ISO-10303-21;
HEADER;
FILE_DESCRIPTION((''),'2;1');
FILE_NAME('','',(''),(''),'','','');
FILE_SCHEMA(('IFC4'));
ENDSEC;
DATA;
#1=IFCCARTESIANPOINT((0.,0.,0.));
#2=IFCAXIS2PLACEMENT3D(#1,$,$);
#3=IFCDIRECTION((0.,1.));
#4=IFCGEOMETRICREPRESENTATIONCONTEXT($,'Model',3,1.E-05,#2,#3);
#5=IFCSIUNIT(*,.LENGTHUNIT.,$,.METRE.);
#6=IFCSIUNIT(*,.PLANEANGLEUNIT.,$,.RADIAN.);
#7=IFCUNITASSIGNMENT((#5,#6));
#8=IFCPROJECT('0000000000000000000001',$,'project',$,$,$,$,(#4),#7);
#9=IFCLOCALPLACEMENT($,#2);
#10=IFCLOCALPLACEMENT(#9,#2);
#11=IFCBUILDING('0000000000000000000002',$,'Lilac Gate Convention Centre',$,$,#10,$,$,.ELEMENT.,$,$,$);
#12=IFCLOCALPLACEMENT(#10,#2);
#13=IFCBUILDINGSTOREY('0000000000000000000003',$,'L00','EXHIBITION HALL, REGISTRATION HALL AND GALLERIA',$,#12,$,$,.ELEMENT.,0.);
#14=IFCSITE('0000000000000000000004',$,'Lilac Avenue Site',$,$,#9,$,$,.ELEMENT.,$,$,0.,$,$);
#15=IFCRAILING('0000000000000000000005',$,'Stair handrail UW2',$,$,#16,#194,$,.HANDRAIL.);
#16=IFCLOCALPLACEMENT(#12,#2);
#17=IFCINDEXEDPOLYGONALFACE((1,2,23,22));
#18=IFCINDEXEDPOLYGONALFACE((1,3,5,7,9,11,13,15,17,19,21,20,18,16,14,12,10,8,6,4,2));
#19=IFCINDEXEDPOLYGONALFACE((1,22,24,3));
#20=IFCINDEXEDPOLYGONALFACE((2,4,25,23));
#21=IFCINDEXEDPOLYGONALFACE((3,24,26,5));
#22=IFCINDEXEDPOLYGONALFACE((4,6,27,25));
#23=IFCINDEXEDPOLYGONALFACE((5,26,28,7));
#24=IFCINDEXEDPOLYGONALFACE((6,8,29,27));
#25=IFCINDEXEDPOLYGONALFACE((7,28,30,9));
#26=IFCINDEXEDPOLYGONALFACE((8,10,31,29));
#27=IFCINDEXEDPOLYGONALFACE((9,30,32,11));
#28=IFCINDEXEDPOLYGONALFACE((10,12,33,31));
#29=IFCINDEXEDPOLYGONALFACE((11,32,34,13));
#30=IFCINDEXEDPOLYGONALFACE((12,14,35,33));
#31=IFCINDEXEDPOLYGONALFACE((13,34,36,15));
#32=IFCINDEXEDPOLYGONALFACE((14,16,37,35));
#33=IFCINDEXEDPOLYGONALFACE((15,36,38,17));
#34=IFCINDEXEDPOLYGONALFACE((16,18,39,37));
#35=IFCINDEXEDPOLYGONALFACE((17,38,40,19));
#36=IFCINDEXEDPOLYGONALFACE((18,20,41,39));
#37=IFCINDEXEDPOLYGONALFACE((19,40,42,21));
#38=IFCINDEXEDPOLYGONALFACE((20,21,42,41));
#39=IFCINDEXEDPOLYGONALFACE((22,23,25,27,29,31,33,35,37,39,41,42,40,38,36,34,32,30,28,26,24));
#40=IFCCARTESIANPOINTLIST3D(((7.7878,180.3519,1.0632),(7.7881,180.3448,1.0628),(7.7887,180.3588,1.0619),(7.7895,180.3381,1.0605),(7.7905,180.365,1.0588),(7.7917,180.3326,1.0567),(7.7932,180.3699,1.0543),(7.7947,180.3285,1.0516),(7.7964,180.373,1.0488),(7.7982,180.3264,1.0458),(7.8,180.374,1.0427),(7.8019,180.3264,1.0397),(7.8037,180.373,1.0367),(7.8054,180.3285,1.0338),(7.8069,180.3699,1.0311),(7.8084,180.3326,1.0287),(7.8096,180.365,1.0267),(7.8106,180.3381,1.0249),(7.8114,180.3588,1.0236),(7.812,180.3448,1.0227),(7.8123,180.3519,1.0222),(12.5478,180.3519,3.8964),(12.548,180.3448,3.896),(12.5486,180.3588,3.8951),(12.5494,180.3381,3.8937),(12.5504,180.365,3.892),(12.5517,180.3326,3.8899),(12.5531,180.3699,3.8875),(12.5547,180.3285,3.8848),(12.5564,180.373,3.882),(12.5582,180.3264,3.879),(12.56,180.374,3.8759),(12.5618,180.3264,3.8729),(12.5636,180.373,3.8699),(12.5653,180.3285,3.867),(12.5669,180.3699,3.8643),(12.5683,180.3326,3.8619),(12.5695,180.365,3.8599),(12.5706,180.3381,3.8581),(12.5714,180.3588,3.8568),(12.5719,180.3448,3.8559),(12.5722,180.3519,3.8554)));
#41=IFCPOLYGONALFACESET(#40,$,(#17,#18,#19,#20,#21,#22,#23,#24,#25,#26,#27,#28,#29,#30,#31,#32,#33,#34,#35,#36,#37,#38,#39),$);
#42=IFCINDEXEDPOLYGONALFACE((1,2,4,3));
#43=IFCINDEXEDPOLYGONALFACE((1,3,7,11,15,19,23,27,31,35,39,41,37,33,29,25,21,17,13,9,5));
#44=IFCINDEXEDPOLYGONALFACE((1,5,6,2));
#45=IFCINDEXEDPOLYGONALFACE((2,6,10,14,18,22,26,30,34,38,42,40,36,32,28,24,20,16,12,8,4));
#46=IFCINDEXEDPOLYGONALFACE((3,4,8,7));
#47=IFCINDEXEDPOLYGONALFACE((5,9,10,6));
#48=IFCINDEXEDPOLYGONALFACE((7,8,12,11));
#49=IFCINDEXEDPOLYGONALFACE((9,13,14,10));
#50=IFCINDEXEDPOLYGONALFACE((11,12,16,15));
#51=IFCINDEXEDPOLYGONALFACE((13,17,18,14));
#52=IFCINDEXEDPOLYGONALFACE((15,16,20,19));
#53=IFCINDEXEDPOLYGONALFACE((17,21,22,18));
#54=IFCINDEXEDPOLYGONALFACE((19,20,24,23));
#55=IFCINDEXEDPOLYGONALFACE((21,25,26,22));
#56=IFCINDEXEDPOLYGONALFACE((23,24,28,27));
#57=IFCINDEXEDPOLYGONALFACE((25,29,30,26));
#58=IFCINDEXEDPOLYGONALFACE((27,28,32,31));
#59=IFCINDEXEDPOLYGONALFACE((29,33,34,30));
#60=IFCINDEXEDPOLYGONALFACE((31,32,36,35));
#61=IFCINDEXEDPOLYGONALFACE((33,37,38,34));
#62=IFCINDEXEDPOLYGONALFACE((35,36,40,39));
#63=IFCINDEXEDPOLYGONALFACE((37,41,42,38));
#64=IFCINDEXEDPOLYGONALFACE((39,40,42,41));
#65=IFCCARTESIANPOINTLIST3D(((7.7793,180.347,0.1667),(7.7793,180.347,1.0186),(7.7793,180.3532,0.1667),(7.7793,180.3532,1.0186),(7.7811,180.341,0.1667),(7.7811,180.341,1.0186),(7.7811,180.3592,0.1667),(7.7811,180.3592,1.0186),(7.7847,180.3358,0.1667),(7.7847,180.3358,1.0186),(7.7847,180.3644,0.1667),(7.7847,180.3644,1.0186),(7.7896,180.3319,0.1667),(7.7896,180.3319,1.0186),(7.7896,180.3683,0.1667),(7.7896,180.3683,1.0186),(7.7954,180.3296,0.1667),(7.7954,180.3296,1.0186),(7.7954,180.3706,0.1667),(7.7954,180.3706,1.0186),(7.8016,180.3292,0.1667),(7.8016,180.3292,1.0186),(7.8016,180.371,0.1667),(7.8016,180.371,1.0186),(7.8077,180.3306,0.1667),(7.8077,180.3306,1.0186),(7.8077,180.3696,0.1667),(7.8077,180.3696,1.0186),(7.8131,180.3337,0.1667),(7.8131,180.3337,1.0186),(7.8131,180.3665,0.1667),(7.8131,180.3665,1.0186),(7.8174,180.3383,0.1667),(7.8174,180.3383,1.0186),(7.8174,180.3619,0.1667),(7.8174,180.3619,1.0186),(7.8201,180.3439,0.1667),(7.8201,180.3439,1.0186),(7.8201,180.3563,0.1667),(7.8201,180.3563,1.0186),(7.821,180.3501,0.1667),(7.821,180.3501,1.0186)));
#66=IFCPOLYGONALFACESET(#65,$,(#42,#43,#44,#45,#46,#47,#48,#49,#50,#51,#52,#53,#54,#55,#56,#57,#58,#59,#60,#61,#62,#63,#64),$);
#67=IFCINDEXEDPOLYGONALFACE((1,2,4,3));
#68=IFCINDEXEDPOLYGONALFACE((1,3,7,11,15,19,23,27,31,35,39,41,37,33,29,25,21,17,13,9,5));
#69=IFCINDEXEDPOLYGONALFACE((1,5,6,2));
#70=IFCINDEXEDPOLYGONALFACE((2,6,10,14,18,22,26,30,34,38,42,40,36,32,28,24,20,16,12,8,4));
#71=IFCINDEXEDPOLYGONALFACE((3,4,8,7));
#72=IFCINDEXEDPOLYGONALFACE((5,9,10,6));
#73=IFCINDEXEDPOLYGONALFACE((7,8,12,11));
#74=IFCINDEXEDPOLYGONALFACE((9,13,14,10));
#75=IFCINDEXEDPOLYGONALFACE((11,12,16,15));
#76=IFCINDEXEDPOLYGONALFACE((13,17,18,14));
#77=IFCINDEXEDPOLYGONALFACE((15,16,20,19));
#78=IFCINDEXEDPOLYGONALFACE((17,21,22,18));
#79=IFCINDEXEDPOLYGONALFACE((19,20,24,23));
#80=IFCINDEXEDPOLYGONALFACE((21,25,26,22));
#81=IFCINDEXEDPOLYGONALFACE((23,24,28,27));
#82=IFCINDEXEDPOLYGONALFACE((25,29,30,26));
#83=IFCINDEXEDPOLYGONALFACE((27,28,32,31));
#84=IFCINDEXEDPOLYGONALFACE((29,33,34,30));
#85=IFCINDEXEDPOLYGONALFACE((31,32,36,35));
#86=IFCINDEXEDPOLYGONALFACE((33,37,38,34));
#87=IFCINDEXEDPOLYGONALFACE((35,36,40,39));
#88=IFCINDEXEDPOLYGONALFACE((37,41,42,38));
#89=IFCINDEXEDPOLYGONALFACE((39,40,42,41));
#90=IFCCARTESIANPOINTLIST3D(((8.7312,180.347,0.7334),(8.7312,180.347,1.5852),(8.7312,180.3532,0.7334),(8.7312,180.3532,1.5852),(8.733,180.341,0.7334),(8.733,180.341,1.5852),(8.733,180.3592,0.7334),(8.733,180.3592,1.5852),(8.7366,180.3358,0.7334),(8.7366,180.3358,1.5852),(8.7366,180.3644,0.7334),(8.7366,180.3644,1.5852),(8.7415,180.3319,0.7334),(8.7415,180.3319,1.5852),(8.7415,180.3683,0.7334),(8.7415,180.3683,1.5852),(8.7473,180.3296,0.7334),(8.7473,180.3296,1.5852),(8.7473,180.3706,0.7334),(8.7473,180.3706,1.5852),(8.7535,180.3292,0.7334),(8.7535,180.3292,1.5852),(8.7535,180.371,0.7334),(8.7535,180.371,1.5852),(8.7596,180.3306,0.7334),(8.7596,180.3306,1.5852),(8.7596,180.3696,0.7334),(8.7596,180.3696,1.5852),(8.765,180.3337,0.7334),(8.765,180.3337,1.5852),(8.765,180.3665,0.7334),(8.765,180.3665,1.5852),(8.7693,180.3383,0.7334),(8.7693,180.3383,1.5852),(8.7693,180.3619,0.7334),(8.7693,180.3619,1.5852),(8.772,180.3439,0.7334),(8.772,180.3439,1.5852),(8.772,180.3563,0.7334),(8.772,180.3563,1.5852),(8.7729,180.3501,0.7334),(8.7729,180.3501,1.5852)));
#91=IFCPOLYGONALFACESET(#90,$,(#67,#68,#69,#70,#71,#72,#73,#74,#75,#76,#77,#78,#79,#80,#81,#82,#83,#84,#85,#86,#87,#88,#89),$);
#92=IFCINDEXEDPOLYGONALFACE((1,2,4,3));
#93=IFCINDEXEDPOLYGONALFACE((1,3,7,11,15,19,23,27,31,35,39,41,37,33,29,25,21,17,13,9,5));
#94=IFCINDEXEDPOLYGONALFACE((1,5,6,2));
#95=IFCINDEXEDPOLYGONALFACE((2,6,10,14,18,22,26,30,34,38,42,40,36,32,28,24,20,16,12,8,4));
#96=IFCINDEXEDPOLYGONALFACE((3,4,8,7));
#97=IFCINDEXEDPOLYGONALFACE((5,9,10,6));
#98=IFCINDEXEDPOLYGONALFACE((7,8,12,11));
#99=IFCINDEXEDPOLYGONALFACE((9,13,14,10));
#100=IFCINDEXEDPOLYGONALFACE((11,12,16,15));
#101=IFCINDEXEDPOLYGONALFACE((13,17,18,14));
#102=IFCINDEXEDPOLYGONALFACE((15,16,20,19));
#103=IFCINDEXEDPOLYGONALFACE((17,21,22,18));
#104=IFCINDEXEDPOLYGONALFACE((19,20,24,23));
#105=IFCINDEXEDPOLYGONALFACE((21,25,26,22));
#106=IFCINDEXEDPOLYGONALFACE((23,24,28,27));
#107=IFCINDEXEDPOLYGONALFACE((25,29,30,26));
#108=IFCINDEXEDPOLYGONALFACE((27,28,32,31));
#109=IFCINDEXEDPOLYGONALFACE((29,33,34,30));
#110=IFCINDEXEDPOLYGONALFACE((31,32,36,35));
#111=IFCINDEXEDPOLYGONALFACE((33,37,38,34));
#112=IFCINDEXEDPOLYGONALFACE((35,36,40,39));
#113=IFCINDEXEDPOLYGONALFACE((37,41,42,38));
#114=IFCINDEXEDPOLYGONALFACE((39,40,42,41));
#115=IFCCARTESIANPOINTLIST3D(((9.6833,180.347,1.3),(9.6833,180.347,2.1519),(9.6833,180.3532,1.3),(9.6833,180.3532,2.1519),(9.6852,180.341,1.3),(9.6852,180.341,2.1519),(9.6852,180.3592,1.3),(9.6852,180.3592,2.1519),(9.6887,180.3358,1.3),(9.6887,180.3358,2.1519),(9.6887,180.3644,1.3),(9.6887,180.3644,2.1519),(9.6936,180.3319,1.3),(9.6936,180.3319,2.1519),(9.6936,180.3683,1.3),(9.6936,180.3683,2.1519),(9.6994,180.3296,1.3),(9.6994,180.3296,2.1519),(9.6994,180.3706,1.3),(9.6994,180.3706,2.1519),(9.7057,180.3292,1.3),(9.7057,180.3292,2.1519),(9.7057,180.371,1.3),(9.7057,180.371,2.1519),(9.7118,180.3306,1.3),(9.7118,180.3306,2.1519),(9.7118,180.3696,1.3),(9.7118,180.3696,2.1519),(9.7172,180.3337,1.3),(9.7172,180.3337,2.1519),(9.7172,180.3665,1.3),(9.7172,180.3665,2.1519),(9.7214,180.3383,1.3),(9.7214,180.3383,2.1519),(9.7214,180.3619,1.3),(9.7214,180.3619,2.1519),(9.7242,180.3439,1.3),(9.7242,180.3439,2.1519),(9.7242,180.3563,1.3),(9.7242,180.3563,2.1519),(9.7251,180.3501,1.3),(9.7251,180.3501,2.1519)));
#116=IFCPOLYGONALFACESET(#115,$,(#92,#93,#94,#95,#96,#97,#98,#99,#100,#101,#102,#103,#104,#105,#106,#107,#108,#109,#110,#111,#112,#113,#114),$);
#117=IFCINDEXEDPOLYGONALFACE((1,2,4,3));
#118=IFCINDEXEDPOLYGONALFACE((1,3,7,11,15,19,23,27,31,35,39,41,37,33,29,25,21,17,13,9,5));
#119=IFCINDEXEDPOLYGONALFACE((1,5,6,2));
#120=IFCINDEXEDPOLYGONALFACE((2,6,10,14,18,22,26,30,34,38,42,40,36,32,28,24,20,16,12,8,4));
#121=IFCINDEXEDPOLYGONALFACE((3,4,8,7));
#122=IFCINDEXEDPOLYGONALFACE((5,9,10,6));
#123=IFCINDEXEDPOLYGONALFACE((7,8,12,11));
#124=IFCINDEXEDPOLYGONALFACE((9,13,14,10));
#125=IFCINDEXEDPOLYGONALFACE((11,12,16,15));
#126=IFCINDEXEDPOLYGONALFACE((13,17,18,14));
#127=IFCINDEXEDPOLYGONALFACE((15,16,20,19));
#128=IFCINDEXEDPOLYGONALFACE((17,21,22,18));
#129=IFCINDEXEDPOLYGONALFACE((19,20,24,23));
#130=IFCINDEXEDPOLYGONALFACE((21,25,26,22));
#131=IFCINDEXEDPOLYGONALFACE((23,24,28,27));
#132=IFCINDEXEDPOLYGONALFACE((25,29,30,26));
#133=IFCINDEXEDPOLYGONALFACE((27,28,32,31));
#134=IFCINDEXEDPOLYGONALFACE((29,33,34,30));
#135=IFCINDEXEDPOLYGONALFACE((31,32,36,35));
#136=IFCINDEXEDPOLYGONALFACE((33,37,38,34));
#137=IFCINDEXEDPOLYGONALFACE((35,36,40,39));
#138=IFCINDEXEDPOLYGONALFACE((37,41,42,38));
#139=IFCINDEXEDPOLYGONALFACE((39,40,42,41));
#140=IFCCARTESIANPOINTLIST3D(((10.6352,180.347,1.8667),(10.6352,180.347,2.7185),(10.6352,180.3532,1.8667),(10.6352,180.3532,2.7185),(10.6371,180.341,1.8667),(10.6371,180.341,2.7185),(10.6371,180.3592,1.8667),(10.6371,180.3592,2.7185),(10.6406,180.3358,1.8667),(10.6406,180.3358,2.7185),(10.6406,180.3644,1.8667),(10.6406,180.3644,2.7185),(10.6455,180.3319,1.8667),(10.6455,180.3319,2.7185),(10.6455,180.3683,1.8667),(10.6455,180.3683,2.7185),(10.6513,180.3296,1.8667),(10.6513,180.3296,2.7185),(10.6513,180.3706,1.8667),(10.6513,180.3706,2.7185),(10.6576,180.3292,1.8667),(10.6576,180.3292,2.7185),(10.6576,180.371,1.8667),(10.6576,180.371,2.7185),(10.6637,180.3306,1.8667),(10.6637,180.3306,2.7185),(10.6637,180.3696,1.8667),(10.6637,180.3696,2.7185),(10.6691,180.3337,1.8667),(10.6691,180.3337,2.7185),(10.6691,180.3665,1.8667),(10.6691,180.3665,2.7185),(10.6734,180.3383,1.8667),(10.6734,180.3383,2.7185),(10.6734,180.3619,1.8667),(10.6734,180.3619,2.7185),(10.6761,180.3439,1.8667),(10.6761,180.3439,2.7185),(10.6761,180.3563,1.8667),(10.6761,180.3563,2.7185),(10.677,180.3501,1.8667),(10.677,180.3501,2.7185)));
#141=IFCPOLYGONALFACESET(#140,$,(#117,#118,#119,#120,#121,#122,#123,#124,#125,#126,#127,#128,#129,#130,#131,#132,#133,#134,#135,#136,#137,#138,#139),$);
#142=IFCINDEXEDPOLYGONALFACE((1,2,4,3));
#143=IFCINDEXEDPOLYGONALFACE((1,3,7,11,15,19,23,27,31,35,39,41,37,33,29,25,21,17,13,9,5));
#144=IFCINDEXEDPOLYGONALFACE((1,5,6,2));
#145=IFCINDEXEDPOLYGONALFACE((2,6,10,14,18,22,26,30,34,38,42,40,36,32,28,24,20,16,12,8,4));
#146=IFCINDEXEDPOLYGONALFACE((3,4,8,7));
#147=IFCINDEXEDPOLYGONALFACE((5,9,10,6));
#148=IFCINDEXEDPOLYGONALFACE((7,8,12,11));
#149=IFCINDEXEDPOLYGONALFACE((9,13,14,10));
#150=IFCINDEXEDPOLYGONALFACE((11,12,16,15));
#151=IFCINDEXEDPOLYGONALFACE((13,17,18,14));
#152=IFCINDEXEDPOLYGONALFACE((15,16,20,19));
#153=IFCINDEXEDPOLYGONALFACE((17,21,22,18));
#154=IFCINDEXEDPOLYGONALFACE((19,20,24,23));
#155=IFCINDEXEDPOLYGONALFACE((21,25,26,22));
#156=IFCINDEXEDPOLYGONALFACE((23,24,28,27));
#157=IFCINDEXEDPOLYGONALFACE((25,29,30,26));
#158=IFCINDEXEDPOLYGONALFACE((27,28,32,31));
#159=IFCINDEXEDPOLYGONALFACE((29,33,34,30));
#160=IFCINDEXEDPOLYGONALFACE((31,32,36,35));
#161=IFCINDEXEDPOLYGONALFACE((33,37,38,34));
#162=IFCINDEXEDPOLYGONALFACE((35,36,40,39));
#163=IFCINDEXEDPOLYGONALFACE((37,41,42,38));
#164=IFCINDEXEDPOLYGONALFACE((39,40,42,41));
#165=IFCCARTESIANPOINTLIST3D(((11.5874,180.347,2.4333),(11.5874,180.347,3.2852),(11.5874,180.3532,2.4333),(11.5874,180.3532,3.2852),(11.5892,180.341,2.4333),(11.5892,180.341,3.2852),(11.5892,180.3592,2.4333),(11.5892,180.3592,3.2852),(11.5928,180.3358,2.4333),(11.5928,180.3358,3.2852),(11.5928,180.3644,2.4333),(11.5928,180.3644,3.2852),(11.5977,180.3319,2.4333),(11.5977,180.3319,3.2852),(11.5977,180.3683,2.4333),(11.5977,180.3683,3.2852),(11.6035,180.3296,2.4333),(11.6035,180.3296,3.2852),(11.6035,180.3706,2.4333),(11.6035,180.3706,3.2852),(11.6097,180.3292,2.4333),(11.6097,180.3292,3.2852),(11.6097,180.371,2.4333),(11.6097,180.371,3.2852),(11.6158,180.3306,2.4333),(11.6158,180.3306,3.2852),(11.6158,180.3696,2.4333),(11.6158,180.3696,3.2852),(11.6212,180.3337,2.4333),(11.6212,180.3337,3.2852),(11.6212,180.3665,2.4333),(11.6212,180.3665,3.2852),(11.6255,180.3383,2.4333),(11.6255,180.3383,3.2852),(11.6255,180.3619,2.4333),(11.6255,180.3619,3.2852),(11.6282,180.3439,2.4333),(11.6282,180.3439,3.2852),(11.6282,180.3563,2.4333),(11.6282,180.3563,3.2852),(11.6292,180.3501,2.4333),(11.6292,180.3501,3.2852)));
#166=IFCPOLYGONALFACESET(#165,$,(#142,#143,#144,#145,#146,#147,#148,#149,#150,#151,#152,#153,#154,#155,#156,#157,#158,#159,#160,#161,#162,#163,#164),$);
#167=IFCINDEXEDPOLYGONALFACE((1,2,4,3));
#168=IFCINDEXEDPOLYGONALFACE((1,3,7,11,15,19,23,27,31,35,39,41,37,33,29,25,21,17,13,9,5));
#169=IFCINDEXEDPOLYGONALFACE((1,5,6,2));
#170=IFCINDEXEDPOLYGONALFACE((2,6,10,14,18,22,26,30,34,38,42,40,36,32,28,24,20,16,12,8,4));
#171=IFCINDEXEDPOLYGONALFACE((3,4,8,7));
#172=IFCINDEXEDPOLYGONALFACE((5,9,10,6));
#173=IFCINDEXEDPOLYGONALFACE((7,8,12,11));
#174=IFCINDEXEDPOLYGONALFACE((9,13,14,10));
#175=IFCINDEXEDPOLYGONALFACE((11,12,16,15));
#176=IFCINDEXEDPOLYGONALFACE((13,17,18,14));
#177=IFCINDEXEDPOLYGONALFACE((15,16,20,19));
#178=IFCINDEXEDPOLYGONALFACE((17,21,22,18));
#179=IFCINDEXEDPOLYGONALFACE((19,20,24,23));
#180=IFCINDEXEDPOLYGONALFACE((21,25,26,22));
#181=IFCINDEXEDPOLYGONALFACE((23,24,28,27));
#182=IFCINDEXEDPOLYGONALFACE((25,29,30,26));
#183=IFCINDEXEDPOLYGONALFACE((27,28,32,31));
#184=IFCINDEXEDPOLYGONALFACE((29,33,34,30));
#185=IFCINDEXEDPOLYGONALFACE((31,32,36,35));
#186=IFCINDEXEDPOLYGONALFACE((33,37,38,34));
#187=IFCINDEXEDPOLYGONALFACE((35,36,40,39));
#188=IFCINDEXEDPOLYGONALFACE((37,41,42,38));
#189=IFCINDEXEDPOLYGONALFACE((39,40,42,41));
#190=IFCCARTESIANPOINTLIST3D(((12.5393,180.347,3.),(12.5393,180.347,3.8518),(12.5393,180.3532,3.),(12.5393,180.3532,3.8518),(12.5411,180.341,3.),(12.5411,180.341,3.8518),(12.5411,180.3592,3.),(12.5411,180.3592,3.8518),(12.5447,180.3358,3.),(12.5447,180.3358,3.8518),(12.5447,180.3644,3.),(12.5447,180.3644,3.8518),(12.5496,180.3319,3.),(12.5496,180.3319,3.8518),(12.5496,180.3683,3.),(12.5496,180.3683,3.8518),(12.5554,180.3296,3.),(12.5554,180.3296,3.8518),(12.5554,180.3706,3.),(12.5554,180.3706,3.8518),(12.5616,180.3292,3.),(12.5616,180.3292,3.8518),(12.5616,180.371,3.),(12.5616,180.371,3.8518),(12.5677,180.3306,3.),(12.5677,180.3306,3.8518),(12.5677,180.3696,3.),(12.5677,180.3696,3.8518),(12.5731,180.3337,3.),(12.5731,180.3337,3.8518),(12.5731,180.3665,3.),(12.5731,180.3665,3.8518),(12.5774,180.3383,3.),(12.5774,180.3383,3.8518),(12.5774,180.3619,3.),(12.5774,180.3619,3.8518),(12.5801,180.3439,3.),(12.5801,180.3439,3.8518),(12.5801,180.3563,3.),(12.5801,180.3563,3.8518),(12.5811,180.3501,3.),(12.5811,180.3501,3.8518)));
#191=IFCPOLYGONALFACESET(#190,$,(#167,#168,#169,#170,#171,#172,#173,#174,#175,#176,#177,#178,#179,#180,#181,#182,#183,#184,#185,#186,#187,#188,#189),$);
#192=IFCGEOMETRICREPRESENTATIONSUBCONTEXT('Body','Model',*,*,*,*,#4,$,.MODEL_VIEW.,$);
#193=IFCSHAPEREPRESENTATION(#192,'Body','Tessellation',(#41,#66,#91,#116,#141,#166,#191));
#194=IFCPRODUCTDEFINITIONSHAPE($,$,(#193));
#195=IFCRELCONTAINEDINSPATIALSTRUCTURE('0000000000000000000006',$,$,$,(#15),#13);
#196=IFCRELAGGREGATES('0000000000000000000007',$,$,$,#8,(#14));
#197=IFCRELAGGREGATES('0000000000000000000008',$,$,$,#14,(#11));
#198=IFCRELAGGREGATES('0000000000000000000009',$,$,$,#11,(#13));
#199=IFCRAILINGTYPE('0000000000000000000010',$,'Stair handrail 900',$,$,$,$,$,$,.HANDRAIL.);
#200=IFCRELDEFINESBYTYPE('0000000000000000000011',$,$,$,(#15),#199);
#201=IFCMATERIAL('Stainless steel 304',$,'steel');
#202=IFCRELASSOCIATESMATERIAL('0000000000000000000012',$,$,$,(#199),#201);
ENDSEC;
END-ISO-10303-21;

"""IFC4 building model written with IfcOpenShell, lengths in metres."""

from ifc_helpers import new_model, si_unit, direction, frame, origin, origin_2d, place, context, subcontext, project, spatial, circle, extrude, material, type_object, element, save


model = new_model("IFC4")

# Units and contexts
model_context = context("Model", 3, precision=1e-05, world=origin(), true_north=direction((0.0, 1.0)))
body_context = subcontext(model_context, "Body", "Model", "MODEL_VIEW")
ifc_project = project(units=[si_unit("LENGTHUNIT", "METRE"), si_unit("PLANEANGLEUNIT", "RADIAN")], contexts=[model_context])

# Site, building, storey
site_placement = place(None, origin())
site = spatial("IfcSite", under=ifc_project, at=site_placement, Name="Lilac Avenue Site", CompositionType="ELEMENT", RefElevation=0.0)
building_placement = place(site_placement, origin())
building = spatial("IfcBuilding", under=site, at=building_placement, Name="Lilac Gate Convention Centre", CompositionType="ELEMENT")
storey_placement = place(building_placement, origin())
storey = spatial("IfcBuildingStorey", under=building, at=storey_placement, Name="L00", Description="EXHIBITION HALL, REGISTRATION HALL AND GALLERIA", CompositionType="ELEMENT", Elevation=0.0)

# Railing
ifc_material_1 = material(Name="Stainless steel 304", Category="steel")
railing_type_1 = type_object("IfcRailingType", Name="Stair handrail 900", PredefinedType="HANDRAIL", material=ifc_material_1)
railing_1_placement = place(storey_placement, frame((7.8, 180.3501, 0.1667)))
element("IfcRailing", 1, at=railing_1_placement, inside=storey, type_object=railing_type_1, Name="Stair handrail UW2", PredefinedType="HANDRAIL", context=body_context, shape_type="SweptSolid", body=[
    extrude(circle(Radius=0.0239, at=origin_2d()), frame((0.0, 0.0, 0.876), z_axis=(0.8593, 0.0, 0.511472), x_axis=(0.0, 1.0, 0.0)), (0.0, 0.0, 1.0), 5.5393),
    extrude(circle(Radius=0.021, at=origin_2d()), origin(), (0.0, 0.0, 1.0), 0.8518),
    extrude(circle(Radius=0.021, at=origin_2d()), frame((0.9519, 0.0, 0.5667)), (0.0, 0.0, 1.0), 0.8518),
    extrude(circle(Radius=0.021, at=origin_2d()), frame((1.9041, 0.0, 1.1333)), (0.0, 0.0, 1.0), 0.8518),
    extrude(circle(Radius=0.021, at=origin_2d()), frame((2.856, 0.0, 1.7)), (0.0, 0.0, 1.0), 0.8518),
    extrude(circle(Radius=0.021, at=origin_2d()), frame((3.8081, 0.0, 2.2666)), (0.0, 0.0, 1.0), 0.8518),
    extrude(circle(Radius=0.021, at=origin_2d()), frame((4.76, 0.0, 2.8333)), (0.0, 0.0, 1.0), 0.8518),
])

save(model, "model.ifc")
